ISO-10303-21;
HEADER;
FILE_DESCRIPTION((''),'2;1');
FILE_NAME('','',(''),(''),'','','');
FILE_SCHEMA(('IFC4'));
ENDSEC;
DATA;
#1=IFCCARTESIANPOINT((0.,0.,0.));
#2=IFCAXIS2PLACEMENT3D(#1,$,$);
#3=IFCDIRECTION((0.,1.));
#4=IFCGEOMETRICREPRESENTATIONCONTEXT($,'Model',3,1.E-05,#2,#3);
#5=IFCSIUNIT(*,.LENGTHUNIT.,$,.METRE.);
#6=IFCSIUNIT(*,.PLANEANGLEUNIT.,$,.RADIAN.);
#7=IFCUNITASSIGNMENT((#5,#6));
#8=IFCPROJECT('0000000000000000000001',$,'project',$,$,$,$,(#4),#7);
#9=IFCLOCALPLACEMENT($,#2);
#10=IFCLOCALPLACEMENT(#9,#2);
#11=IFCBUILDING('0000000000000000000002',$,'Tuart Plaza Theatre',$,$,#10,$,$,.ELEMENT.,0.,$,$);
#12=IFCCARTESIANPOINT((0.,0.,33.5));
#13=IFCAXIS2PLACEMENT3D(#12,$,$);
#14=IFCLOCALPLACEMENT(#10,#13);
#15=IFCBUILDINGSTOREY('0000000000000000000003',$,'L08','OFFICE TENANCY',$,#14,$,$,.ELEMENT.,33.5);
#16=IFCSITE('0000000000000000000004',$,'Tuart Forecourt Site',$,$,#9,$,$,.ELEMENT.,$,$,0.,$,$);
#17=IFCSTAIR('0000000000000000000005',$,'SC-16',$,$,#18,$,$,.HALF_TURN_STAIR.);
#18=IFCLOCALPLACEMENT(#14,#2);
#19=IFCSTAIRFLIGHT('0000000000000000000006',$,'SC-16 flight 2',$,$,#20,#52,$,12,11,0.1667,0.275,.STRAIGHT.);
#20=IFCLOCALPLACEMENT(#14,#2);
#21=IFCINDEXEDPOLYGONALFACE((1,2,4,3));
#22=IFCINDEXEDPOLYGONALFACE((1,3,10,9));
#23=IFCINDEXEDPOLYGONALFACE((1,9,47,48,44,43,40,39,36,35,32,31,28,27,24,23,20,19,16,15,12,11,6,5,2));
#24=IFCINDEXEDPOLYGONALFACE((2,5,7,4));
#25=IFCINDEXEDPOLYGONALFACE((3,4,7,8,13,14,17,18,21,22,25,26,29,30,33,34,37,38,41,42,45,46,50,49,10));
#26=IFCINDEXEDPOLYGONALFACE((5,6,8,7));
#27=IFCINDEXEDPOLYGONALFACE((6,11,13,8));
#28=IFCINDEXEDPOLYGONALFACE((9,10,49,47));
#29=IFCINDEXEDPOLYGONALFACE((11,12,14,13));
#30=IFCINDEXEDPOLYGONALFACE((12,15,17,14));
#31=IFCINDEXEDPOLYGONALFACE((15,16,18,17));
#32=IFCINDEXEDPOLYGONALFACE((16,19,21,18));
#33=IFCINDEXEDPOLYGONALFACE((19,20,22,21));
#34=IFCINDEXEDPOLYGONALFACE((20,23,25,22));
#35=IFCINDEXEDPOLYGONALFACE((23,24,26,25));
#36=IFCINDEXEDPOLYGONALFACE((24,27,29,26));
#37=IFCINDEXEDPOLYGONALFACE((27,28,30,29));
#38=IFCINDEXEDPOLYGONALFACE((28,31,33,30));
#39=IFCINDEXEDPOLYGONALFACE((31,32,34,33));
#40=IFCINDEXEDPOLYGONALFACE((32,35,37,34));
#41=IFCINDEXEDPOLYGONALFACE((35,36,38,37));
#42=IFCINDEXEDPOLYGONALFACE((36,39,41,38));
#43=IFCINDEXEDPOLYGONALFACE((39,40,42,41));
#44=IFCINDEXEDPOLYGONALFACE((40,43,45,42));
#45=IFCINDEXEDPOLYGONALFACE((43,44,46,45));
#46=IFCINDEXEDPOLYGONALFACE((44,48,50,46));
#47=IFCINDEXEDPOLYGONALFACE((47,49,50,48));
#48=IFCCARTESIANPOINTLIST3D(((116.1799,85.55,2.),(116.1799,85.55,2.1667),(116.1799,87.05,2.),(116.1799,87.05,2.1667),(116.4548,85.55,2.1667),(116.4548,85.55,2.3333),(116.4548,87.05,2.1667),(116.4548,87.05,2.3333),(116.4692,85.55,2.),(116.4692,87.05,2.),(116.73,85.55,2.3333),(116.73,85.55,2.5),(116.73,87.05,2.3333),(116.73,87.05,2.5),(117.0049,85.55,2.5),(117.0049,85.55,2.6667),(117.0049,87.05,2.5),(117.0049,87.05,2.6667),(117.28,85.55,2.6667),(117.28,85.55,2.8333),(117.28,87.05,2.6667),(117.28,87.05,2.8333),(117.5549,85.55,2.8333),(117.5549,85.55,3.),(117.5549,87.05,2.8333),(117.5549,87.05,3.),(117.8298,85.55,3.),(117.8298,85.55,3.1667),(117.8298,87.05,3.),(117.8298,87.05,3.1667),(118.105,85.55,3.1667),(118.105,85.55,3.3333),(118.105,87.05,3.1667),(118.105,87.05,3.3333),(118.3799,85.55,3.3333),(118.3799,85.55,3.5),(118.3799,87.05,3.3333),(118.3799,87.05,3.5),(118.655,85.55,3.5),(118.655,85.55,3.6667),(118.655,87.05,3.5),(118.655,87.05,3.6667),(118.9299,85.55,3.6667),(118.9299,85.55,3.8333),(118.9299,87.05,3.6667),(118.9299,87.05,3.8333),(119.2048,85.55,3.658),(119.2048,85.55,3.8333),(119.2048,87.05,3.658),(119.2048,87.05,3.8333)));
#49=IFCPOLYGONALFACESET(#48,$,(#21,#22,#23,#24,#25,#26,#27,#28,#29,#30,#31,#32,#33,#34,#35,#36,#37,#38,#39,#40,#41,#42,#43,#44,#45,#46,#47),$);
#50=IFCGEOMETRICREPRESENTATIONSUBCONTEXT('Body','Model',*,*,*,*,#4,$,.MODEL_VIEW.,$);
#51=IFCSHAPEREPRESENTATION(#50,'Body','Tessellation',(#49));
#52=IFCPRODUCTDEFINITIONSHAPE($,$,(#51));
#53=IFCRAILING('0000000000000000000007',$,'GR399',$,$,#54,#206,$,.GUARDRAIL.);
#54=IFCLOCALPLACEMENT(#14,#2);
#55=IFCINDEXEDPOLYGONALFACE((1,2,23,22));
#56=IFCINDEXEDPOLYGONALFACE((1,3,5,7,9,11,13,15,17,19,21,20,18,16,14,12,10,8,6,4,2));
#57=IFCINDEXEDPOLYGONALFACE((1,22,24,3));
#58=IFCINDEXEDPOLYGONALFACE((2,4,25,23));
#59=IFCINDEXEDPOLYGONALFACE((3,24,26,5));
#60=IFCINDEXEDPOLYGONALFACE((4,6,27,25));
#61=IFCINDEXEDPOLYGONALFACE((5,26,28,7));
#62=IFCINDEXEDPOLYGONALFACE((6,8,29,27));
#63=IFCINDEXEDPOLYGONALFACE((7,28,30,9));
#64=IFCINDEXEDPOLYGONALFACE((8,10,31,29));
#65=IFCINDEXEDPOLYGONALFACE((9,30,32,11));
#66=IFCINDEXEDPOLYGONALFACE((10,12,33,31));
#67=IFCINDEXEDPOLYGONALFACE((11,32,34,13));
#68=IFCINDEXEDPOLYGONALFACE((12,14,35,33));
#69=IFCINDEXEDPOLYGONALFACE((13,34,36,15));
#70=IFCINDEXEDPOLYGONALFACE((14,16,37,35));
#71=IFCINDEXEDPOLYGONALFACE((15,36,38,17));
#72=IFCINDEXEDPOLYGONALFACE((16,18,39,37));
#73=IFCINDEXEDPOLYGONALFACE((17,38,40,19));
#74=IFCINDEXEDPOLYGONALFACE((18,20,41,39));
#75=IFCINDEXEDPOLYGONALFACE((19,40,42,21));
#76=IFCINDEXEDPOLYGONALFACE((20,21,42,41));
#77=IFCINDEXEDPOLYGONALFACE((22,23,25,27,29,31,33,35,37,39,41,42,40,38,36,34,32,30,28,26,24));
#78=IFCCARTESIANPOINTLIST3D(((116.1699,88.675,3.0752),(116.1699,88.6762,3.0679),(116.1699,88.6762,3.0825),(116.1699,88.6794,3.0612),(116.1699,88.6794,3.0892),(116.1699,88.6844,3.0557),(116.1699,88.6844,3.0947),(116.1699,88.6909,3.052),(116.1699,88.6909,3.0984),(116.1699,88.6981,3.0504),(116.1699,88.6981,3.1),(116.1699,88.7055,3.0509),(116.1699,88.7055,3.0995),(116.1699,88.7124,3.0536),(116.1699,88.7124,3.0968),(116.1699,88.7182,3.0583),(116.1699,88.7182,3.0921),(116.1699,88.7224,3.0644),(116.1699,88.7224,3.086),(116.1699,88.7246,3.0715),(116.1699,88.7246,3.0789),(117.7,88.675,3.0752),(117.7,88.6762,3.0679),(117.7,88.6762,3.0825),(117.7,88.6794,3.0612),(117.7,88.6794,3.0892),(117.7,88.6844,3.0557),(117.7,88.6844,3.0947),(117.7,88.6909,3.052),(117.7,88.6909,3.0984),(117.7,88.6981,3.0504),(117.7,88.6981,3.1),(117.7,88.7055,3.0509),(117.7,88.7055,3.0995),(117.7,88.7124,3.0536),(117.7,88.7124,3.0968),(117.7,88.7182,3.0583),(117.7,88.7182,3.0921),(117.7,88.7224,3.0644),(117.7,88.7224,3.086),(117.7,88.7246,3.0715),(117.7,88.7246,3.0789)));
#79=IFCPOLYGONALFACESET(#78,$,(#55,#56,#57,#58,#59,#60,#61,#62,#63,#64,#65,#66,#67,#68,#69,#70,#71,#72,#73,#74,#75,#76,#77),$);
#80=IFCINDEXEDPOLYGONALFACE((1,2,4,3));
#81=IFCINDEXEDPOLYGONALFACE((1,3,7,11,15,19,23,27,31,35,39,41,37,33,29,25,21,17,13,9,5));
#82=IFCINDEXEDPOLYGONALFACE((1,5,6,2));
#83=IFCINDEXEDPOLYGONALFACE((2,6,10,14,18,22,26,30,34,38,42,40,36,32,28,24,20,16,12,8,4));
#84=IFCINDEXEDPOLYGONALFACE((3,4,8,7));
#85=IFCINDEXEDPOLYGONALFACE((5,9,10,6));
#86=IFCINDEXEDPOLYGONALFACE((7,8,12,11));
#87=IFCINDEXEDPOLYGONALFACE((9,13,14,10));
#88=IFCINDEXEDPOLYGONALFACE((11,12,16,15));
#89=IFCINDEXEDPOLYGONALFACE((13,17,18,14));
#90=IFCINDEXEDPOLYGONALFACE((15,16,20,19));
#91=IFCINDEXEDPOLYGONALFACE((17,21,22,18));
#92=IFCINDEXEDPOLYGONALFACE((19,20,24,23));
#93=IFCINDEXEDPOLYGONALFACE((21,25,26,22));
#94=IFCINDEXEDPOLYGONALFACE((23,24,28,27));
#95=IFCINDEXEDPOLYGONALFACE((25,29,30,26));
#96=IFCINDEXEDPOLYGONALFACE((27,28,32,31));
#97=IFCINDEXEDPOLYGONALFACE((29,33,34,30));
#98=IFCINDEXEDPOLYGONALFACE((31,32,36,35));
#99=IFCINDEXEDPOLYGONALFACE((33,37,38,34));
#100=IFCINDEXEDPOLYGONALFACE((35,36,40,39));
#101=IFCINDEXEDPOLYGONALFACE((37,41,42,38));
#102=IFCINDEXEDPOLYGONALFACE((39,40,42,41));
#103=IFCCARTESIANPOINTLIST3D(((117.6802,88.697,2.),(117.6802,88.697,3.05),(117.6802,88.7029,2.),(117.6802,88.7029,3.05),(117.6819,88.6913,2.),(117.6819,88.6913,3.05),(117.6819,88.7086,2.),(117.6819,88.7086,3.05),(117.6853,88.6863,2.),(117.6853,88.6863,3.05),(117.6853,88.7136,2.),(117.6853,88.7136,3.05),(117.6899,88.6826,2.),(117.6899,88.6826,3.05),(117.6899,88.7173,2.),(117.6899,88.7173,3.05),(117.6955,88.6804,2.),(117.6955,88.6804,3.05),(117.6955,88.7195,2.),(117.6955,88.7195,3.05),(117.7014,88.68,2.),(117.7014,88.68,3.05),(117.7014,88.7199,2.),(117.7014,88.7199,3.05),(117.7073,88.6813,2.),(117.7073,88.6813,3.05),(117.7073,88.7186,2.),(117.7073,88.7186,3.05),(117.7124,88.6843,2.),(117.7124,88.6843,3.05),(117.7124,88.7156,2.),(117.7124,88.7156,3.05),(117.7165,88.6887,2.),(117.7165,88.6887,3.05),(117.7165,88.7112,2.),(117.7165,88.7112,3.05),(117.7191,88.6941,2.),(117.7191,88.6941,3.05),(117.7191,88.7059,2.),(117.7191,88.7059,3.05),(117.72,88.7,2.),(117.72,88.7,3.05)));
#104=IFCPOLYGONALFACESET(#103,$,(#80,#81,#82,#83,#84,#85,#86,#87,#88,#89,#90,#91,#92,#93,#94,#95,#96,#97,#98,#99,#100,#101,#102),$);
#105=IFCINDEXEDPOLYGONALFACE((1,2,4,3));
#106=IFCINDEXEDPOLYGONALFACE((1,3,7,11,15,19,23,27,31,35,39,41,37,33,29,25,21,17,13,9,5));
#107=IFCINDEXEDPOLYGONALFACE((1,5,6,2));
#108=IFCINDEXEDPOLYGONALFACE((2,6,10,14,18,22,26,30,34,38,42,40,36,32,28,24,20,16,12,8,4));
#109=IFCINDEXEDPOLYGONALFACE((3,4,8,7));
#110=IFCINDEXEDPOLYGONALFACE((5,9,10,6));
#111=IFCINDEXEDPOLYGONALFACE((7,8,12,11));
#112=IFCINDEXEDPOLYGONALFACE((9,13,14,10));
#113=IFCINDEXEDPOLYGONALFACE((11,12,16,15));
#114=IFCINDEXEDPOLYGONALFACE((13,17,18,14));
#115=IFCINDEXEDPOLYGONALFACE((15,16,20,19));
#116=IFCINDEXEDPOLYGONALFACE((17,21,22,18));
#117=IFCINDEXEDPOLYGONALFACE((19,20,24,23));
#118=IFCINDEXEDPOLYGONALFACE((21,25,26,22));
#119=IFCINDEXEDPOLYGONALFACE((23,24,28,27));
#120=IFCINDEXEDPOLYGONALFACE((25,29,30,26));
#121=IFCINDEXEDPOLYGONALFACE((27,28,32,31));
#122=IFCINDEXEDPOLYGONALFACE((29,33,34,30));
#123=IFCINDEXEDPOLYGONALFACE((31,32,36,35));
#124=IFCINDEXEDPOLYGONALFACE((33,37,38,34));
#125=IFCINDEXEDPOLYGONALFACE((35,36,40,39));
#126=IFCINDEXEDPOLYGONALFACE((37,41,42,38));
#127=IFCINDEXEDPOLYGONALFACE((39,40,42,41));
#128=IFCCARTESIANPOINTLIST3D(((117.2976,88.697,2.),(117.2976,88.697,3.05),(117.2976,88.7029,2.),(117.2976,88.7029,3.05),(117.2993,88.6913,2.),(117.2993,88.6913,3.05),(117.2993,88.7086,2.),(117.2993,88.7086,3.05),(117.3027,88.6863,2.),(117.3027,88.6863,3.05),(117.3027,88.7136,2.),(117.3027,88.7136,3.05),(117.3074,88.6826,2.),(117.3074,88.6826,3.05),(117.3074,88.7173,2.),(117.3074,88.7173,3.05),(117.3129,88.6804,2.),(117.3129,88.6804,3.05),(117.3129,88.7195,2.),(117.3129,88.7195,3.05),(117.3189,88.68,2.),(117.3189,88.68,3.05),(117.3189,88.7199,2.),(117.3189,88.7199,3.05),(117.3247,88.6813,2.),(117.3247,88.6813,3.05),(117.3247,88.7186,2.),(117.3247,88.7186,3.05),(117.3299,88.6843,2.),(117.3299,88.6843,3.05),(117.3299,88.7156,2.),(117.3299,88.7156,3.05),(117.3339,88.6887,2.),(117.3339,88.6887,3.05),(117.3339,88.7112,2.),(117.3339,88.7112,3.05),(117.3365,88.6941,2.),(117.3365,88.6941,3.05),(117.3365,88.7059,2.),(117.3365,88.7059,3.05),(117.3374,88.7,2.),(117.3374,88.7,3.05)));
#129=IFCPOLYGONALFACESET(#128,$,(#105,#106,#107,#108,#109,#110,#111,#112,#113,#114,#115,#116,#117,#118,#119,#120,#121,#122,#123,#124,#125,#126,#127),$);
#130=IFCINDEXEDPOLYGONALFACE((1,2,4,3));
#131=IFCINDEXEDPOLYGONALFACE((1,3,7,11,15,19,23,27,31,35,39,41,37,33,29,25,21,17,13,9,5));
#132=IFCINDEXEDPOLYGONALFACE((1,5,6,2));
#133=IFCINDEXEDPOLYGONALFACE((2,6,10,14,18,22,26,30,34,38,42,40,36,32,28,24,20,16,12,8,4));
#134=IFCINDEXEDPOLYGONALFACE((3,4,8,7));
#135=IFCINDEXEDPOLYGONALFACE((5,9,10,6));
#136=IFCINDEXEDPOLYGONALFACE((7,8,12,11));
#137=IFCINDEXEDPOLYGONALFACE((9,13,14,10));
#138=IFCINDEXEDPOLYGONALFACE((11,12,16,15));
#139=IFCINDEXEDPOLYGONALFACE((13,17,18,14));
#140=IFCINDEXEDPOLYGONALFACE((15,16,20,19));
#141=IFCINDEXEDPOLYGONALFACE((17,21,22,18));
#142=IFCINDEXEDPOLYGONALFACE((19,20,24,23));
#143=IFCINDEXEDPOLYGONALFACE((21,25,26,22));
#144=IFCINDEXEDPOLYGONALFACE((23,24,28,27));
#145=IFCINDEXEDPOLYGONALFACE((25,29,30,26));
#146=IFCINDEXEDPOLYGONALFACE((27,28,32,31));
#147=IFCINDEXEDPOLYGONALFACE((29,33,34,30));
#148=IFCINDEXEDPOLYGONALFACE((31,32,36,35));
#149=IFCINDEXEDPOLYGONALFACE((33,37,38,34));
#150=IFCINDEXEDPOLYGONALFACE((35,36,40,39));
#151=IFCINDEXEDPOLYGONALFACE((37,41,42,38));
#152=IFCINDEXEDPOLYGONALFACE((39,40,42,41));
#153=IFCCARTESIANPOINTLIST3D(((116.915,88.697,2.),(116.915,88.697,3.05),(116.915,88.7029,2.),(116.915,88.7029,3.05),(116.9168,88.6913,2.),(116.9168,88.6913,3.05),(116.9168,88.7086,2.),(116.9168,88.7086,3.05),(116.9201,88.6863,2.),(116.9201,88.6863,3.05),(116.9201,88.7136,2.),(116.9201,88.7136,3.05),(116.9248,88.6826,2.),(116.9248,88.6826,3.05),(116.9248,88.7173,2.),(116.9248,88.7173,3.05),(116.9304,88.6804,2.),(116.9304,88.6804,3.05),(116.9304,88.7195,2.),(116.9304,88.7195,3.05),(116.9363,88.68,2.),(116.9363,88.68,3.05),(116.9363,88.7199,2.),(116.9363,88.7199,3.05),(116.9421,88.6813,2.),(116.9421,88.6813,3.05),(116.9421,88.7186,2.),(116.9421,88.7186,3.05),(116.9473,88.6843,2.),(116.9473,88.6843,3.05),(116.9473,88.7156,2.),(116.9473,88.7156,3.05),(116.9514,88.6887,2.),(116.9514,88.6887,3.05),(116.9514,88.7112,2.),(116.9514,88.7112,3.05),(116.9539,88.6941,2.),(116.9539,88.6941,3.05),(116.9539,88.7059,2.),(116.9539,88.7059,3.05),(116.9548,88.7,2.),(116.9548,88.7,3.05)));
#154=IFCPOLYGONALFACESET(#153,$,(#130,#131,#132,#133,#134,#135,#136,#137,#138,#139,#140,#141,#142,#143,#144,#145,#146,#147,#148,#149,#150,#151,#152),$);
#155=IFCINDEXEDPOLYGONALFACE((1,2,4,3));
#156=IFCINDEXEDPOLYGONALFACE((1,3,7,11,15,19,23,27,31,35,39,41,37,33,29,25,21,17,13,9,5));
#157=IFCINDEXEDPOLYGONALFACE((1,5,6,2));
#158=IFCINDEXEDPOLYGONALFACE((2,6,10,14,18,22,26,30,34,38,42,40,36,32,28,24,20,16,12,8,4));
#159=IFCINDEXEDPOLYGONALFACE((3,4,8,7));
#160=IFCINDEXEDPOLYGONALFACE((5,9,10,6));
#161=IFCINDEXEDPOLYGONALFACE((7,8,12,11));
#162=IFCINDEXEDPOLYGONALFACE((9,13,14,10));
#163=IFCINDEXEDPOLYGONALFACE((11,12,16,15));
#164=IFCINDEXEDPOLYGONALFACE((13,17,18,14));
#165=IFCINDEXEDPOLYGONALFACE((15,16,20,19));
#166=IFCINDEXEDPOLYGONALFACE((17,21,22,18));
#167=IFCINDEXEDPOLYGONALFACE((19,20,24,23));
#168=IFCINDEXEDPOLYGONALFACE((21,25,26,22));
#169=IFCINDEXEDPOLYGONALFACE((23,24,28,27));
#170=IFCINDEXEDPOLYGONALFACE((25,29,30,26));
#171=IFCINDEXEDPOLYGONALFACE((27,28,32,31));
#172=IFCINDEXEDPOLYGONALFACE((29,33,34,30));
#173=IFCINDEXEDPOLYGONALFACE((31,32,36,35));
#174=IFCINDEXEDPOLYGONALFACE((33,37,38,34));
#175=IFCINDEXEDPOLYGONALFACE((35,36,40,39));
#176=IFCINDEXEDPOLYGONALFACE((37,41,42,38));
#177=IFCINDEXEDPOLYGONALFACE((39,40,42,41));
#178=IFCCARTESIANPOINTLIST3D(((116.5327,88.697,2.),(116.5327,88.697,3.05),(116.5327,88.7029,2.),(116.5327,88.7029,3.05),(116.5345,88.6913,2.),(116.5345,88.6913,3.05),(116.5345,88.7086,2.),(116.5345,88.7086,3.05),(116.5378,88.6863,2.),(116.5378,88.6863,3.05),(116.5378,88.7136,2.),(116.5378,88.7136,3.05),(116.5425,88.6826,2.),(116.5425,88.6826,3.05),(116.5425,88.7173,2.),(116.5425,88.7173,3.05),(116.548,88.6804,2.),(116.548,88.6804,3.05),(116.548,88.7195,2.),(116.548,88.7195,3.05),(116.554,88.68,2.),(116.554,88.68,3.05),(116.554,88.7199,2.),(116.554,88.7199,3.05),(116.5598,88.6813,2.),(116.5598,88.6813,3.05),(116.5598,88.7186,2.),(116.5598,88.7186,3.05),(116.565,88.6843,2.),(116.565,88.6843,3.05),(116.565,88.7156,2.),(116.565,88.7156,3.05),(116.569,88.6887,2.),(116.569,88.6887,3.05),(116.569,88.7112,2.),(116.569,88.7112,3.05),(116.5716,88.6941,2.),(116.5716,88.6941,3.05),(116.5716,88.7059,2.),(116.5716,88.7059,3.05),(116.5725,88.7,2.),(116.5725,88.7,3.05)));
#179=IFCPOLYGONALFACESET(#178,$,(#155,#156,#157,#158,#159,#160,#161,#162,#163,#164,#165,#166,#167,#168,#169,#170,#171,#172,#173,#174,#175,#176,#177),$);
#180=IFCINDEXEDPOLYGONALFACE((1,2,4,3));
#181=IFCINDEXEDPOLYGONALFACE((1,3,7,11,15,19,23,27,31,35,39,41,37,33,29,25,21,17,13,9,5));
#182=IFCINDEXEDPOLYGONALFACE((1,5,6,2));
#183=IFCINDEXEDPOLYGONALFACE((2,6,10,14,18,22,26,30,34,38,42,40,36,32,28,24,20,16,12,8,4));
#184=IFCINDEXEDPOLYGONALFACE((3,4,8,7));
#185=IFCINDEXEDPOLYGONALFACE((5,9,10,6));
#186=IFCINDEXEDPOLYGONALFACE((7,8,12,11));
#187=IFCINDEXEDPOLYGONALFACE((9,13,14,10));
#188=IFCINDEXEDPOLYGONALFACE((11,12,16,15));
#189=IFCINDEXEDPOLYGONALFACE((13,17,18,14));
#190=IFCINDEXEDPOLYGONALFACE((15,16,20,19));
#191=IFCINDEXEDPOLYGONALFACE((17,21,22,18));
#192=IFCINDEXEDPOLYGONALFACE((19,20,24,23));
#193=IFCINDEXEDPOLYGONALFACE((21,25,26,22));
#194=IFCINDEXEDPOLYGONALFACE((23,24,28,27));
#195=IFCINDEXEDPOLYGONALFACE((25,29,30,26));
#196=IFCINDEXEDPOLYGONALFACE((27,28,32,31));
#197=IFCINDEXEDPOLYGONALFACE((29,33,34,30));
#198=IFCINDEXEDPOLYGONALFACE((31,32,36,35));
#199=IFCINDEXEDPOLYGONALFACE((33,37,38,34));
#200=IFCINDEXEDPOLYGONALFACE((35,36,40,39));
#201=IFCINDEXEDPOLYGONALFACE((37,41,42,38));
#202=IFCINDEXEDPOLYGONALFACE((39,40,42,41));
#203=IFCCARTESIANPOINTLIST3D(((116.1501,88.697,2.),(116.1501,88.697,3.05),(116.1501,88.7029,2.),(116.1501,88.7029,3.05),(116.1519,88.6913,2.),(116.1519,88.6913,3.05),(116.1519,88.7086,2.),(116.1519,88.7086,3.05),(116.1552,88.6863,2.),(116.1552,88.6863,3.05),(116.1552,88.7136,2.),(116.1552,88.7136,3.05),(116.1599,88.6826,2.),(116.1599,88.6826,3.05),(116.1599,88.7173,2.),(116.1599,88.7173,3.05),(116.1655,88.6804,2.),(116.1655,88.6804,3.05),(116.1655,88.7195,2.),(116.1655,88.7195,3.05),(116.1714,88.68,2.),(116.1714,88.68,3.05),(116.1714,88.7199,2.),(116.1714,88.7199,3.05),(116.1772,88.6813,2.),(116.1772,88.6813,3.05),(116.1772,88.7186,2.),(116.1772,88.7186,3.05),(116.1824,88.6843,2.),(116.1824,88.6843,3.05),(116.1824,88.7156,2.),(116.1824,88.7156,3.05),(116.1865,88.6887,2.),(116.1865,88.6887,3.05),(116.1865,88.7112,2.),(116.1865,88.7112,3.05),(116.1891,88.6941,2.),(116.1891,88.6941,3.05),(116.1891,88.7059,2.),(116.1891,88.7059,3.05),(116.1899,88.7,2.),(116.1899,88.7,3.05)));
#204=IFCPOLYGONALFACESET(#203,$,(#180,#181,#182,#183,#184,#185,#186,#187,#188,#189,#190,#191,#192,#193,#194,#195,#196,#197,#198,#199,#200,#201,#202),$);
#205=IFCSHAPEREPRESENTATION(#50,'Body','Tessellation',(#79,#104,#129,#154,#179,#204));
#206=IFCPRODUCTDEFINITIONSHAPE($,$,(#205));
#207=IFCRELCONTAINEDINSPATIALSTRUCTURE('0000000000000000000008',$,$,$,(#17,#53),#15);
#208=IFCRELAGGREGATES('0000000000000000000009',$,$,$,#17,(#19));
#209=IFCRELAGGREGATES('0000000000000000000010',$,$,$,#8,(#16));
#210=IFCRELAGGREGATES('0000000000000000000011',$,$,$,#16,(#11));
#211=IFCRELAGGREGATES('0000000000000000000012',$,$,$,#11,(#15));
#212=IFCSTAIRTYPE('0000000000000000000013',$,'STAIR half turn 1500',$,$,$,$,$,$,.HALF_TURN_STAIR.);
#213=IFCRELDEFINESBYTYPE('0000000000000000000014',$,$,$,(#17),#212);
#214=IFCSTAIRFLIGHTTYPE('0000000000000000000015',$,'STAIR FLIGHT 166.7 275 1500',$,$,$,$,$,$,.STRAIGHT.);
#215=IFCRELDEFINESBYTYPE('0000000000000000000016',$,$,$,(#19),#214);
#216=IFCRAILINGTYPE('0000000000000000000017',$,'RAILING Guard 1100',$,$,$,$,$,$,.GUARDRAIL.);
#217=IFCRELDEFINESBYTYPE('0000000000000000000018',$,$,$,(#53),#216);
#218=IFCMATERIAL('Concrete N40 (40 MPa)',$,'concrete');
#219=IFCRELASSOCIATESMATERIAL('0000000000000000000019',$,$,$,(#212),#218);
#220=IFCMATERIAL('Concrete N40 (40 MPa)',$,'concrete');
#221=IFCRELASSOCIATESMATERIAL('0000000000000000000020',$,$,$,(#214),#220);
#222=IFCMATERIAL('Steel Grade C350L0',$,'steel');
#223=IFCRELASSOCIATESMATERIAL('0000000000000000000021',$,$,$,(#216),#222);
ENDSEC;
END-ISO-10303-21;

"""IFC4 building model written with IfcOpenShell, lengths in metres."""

from ifc_helpers import new_model, si_unit, direction, frame, origin, origin_2d, place, context, subcontext, project, spatial, polyline, circle, outline, extrude, material, type_object, element, aggregate, save


model = new_model("IFC4")

# Units and contexts
model_context = context("Model", 3, precision=1e-05, world=origin(), true_north=direction((0.0, 1.0)))
body_context = subcontext(model_context, "Body", "Model", "MODEL_VIEW")
ifc_project = project(units=[si_unit("LENGTHUNIT", "METRE"), si_unit("PLANEANGLEUNIT", "RADIAN")], contexts=[model_context])

# Site, building, storey
site_placement = place(None, origin())
site = spatial("IfcSite", under=ifc_project, at=site_placement, Name="Tuart Forecourt Site", CompositionType="ELEMENT", RefElevation=0.0)
building_placement = place(site_placement, origin())
building = spatial("IfcBuilding", under=site, at=building_placement, Name="Tuart Plaza Theatre", CompositionType="ELEMENT", ElevationOfRefHeight=0.0)
storey_placement = place(building_placement, frame((0.0, 0.0, 33.5)))
storey = spatial("IfcBuildingStorey", under=building, at=storey_placement, Name="L08", Description="OFFICE TENANCY", CompositionType="ELEMENT", Elevation=33.5)

# Stair, stair flight
ifc_material_1 = material(Name="Concrete N40 (40 MPa)", Category="concrete")
stair_type = type_object("IfcStairType", Name="STAIR half turn 1500", PredefinedType="HALF_TURN_STAIR", material=ifc_material_1)
stair_placement = place(storey_placement, origin())
stair = element("IfcStair", 1, at=stair_placement, inside=storey, type_object=stair_type, Name="SC-16", PredefinedType="HALF_TURN_STAIR")
ifc_material_2 = material(Name="Concrete N40 (40 MPa)", Category="concrete")
stair_flight_type = type_object("IfcStairFlightType", Name="STAIR FLIGHT 166.7 275 1500", PredefinedType="STRAIGHT", material=ifc_material_2)
stair_flight_1_placement = place(storey_placement, frame((116.1799, 86.3, 2.0), z_axis=(0.0, 0.0, 1.0), x_axis=(1.0, 0.0, 0.0)))
stair_flight_1 = element("IfcStairFlight", 2, at=stair_flight_1_placement, type_object=stair_flight_type, Name="SC-16 flight 2", NumberOfRisers=12, NumberOfTreads=11, PredefinedType="STRAIGHT", RiserHeight=0.1667, TreadLength=0.275, context=body_context, shape_type="SweptSolid", body=[
    extrude(outline(polyline([(0.0, 0.0), (0.0, 0.1667), (0.2749, 0.1667), (0.2749, 0.3333), (0.55, 0.3333), (0.55, 0.5), (0.825, 0.5), (0.825, 0.6667), (1.1001, 0.6667), (1.1001, 0.8333), (1.375, 0.8333), (1.375, 1.0), (1.6499, 1.0), (1.6499, 1.1667), (1.925, 1.1667), (1.925, 1.3333), (2.2, 1.3333), (2.2, 1.5), (2.4751, 1.5), (2.4751, 1.6667), (2.75, 1.6667), (2.75, 1.8333), (3.0249, 1.8333), (3.0249, 2.0), (3.0249, 1.658), (0.2893, 0.0), (0.0, 0.0)])), frame((0.0, 0.75, 0.0), z_axis=(0.0, -1.0, 0.0), x_axis=(1.0, 0.0, 0.0)), (0.0, 0.0, 1.0), 1.5),
])
aggregate(stair, [stair_flight_1])

# Railing
ifc_material_3 = material(Name="Steel Grade C350L0", Category="steel")
railing_type_1 = type_object("IfcRailingType", Name="RAILING Guard 1100", PredefinedType="GUARDRAIL", material=ifc_material_3)
railing_1_placement = place(storey_placement, frame((117.7, 88.7, 2.0)))
element("IfcRailing", 3, at=railing_1_placement, inside=storey, type_object=railing_type_1, Name="GR399", PredefinedType="GUARDRAIL", context=body_context, shape_type="SweptSolid", body=[
    extrude(circle(Radius=0.0249, at=origin_2d()), frame((0.0, 0.0, 1.0752), z_axis=(-1.0, 0.0, 0.0), x_axis=(0.0, -1.0, 0.0)), (0.0, 0.0, 1.0), 1.53),
    extrude(circle(Radius=0.02, at=origin_2d()), origin(), (0.0, 0.0, 1.0), 1.05),
    extrude(circle(Radius=0.02, at=origin_2d()), frame((-0.3826, 0.0, 0.0)), (0.0, 0.0, 1.0), 1.05),
    extrude(circle(Radius=0.02, at=origin_2d()), frame((-0.7651, 0.0, 0.0)), (0.0, 0.0, 1.0), 1.05),
    extrude(circle(Radius=0.02, at=origin_2d()), frame((-1.1475, 0.0, 0.0)), (0.0, 0.0, 1.0), 1.05),
    extrude(circle(Radius=0.02, at=origin_2d()), frame((-1.53, 0.0, 0.0)), (0.0, 0.0, 1.0), 1.05),
])

save(model, "model.ifc")
